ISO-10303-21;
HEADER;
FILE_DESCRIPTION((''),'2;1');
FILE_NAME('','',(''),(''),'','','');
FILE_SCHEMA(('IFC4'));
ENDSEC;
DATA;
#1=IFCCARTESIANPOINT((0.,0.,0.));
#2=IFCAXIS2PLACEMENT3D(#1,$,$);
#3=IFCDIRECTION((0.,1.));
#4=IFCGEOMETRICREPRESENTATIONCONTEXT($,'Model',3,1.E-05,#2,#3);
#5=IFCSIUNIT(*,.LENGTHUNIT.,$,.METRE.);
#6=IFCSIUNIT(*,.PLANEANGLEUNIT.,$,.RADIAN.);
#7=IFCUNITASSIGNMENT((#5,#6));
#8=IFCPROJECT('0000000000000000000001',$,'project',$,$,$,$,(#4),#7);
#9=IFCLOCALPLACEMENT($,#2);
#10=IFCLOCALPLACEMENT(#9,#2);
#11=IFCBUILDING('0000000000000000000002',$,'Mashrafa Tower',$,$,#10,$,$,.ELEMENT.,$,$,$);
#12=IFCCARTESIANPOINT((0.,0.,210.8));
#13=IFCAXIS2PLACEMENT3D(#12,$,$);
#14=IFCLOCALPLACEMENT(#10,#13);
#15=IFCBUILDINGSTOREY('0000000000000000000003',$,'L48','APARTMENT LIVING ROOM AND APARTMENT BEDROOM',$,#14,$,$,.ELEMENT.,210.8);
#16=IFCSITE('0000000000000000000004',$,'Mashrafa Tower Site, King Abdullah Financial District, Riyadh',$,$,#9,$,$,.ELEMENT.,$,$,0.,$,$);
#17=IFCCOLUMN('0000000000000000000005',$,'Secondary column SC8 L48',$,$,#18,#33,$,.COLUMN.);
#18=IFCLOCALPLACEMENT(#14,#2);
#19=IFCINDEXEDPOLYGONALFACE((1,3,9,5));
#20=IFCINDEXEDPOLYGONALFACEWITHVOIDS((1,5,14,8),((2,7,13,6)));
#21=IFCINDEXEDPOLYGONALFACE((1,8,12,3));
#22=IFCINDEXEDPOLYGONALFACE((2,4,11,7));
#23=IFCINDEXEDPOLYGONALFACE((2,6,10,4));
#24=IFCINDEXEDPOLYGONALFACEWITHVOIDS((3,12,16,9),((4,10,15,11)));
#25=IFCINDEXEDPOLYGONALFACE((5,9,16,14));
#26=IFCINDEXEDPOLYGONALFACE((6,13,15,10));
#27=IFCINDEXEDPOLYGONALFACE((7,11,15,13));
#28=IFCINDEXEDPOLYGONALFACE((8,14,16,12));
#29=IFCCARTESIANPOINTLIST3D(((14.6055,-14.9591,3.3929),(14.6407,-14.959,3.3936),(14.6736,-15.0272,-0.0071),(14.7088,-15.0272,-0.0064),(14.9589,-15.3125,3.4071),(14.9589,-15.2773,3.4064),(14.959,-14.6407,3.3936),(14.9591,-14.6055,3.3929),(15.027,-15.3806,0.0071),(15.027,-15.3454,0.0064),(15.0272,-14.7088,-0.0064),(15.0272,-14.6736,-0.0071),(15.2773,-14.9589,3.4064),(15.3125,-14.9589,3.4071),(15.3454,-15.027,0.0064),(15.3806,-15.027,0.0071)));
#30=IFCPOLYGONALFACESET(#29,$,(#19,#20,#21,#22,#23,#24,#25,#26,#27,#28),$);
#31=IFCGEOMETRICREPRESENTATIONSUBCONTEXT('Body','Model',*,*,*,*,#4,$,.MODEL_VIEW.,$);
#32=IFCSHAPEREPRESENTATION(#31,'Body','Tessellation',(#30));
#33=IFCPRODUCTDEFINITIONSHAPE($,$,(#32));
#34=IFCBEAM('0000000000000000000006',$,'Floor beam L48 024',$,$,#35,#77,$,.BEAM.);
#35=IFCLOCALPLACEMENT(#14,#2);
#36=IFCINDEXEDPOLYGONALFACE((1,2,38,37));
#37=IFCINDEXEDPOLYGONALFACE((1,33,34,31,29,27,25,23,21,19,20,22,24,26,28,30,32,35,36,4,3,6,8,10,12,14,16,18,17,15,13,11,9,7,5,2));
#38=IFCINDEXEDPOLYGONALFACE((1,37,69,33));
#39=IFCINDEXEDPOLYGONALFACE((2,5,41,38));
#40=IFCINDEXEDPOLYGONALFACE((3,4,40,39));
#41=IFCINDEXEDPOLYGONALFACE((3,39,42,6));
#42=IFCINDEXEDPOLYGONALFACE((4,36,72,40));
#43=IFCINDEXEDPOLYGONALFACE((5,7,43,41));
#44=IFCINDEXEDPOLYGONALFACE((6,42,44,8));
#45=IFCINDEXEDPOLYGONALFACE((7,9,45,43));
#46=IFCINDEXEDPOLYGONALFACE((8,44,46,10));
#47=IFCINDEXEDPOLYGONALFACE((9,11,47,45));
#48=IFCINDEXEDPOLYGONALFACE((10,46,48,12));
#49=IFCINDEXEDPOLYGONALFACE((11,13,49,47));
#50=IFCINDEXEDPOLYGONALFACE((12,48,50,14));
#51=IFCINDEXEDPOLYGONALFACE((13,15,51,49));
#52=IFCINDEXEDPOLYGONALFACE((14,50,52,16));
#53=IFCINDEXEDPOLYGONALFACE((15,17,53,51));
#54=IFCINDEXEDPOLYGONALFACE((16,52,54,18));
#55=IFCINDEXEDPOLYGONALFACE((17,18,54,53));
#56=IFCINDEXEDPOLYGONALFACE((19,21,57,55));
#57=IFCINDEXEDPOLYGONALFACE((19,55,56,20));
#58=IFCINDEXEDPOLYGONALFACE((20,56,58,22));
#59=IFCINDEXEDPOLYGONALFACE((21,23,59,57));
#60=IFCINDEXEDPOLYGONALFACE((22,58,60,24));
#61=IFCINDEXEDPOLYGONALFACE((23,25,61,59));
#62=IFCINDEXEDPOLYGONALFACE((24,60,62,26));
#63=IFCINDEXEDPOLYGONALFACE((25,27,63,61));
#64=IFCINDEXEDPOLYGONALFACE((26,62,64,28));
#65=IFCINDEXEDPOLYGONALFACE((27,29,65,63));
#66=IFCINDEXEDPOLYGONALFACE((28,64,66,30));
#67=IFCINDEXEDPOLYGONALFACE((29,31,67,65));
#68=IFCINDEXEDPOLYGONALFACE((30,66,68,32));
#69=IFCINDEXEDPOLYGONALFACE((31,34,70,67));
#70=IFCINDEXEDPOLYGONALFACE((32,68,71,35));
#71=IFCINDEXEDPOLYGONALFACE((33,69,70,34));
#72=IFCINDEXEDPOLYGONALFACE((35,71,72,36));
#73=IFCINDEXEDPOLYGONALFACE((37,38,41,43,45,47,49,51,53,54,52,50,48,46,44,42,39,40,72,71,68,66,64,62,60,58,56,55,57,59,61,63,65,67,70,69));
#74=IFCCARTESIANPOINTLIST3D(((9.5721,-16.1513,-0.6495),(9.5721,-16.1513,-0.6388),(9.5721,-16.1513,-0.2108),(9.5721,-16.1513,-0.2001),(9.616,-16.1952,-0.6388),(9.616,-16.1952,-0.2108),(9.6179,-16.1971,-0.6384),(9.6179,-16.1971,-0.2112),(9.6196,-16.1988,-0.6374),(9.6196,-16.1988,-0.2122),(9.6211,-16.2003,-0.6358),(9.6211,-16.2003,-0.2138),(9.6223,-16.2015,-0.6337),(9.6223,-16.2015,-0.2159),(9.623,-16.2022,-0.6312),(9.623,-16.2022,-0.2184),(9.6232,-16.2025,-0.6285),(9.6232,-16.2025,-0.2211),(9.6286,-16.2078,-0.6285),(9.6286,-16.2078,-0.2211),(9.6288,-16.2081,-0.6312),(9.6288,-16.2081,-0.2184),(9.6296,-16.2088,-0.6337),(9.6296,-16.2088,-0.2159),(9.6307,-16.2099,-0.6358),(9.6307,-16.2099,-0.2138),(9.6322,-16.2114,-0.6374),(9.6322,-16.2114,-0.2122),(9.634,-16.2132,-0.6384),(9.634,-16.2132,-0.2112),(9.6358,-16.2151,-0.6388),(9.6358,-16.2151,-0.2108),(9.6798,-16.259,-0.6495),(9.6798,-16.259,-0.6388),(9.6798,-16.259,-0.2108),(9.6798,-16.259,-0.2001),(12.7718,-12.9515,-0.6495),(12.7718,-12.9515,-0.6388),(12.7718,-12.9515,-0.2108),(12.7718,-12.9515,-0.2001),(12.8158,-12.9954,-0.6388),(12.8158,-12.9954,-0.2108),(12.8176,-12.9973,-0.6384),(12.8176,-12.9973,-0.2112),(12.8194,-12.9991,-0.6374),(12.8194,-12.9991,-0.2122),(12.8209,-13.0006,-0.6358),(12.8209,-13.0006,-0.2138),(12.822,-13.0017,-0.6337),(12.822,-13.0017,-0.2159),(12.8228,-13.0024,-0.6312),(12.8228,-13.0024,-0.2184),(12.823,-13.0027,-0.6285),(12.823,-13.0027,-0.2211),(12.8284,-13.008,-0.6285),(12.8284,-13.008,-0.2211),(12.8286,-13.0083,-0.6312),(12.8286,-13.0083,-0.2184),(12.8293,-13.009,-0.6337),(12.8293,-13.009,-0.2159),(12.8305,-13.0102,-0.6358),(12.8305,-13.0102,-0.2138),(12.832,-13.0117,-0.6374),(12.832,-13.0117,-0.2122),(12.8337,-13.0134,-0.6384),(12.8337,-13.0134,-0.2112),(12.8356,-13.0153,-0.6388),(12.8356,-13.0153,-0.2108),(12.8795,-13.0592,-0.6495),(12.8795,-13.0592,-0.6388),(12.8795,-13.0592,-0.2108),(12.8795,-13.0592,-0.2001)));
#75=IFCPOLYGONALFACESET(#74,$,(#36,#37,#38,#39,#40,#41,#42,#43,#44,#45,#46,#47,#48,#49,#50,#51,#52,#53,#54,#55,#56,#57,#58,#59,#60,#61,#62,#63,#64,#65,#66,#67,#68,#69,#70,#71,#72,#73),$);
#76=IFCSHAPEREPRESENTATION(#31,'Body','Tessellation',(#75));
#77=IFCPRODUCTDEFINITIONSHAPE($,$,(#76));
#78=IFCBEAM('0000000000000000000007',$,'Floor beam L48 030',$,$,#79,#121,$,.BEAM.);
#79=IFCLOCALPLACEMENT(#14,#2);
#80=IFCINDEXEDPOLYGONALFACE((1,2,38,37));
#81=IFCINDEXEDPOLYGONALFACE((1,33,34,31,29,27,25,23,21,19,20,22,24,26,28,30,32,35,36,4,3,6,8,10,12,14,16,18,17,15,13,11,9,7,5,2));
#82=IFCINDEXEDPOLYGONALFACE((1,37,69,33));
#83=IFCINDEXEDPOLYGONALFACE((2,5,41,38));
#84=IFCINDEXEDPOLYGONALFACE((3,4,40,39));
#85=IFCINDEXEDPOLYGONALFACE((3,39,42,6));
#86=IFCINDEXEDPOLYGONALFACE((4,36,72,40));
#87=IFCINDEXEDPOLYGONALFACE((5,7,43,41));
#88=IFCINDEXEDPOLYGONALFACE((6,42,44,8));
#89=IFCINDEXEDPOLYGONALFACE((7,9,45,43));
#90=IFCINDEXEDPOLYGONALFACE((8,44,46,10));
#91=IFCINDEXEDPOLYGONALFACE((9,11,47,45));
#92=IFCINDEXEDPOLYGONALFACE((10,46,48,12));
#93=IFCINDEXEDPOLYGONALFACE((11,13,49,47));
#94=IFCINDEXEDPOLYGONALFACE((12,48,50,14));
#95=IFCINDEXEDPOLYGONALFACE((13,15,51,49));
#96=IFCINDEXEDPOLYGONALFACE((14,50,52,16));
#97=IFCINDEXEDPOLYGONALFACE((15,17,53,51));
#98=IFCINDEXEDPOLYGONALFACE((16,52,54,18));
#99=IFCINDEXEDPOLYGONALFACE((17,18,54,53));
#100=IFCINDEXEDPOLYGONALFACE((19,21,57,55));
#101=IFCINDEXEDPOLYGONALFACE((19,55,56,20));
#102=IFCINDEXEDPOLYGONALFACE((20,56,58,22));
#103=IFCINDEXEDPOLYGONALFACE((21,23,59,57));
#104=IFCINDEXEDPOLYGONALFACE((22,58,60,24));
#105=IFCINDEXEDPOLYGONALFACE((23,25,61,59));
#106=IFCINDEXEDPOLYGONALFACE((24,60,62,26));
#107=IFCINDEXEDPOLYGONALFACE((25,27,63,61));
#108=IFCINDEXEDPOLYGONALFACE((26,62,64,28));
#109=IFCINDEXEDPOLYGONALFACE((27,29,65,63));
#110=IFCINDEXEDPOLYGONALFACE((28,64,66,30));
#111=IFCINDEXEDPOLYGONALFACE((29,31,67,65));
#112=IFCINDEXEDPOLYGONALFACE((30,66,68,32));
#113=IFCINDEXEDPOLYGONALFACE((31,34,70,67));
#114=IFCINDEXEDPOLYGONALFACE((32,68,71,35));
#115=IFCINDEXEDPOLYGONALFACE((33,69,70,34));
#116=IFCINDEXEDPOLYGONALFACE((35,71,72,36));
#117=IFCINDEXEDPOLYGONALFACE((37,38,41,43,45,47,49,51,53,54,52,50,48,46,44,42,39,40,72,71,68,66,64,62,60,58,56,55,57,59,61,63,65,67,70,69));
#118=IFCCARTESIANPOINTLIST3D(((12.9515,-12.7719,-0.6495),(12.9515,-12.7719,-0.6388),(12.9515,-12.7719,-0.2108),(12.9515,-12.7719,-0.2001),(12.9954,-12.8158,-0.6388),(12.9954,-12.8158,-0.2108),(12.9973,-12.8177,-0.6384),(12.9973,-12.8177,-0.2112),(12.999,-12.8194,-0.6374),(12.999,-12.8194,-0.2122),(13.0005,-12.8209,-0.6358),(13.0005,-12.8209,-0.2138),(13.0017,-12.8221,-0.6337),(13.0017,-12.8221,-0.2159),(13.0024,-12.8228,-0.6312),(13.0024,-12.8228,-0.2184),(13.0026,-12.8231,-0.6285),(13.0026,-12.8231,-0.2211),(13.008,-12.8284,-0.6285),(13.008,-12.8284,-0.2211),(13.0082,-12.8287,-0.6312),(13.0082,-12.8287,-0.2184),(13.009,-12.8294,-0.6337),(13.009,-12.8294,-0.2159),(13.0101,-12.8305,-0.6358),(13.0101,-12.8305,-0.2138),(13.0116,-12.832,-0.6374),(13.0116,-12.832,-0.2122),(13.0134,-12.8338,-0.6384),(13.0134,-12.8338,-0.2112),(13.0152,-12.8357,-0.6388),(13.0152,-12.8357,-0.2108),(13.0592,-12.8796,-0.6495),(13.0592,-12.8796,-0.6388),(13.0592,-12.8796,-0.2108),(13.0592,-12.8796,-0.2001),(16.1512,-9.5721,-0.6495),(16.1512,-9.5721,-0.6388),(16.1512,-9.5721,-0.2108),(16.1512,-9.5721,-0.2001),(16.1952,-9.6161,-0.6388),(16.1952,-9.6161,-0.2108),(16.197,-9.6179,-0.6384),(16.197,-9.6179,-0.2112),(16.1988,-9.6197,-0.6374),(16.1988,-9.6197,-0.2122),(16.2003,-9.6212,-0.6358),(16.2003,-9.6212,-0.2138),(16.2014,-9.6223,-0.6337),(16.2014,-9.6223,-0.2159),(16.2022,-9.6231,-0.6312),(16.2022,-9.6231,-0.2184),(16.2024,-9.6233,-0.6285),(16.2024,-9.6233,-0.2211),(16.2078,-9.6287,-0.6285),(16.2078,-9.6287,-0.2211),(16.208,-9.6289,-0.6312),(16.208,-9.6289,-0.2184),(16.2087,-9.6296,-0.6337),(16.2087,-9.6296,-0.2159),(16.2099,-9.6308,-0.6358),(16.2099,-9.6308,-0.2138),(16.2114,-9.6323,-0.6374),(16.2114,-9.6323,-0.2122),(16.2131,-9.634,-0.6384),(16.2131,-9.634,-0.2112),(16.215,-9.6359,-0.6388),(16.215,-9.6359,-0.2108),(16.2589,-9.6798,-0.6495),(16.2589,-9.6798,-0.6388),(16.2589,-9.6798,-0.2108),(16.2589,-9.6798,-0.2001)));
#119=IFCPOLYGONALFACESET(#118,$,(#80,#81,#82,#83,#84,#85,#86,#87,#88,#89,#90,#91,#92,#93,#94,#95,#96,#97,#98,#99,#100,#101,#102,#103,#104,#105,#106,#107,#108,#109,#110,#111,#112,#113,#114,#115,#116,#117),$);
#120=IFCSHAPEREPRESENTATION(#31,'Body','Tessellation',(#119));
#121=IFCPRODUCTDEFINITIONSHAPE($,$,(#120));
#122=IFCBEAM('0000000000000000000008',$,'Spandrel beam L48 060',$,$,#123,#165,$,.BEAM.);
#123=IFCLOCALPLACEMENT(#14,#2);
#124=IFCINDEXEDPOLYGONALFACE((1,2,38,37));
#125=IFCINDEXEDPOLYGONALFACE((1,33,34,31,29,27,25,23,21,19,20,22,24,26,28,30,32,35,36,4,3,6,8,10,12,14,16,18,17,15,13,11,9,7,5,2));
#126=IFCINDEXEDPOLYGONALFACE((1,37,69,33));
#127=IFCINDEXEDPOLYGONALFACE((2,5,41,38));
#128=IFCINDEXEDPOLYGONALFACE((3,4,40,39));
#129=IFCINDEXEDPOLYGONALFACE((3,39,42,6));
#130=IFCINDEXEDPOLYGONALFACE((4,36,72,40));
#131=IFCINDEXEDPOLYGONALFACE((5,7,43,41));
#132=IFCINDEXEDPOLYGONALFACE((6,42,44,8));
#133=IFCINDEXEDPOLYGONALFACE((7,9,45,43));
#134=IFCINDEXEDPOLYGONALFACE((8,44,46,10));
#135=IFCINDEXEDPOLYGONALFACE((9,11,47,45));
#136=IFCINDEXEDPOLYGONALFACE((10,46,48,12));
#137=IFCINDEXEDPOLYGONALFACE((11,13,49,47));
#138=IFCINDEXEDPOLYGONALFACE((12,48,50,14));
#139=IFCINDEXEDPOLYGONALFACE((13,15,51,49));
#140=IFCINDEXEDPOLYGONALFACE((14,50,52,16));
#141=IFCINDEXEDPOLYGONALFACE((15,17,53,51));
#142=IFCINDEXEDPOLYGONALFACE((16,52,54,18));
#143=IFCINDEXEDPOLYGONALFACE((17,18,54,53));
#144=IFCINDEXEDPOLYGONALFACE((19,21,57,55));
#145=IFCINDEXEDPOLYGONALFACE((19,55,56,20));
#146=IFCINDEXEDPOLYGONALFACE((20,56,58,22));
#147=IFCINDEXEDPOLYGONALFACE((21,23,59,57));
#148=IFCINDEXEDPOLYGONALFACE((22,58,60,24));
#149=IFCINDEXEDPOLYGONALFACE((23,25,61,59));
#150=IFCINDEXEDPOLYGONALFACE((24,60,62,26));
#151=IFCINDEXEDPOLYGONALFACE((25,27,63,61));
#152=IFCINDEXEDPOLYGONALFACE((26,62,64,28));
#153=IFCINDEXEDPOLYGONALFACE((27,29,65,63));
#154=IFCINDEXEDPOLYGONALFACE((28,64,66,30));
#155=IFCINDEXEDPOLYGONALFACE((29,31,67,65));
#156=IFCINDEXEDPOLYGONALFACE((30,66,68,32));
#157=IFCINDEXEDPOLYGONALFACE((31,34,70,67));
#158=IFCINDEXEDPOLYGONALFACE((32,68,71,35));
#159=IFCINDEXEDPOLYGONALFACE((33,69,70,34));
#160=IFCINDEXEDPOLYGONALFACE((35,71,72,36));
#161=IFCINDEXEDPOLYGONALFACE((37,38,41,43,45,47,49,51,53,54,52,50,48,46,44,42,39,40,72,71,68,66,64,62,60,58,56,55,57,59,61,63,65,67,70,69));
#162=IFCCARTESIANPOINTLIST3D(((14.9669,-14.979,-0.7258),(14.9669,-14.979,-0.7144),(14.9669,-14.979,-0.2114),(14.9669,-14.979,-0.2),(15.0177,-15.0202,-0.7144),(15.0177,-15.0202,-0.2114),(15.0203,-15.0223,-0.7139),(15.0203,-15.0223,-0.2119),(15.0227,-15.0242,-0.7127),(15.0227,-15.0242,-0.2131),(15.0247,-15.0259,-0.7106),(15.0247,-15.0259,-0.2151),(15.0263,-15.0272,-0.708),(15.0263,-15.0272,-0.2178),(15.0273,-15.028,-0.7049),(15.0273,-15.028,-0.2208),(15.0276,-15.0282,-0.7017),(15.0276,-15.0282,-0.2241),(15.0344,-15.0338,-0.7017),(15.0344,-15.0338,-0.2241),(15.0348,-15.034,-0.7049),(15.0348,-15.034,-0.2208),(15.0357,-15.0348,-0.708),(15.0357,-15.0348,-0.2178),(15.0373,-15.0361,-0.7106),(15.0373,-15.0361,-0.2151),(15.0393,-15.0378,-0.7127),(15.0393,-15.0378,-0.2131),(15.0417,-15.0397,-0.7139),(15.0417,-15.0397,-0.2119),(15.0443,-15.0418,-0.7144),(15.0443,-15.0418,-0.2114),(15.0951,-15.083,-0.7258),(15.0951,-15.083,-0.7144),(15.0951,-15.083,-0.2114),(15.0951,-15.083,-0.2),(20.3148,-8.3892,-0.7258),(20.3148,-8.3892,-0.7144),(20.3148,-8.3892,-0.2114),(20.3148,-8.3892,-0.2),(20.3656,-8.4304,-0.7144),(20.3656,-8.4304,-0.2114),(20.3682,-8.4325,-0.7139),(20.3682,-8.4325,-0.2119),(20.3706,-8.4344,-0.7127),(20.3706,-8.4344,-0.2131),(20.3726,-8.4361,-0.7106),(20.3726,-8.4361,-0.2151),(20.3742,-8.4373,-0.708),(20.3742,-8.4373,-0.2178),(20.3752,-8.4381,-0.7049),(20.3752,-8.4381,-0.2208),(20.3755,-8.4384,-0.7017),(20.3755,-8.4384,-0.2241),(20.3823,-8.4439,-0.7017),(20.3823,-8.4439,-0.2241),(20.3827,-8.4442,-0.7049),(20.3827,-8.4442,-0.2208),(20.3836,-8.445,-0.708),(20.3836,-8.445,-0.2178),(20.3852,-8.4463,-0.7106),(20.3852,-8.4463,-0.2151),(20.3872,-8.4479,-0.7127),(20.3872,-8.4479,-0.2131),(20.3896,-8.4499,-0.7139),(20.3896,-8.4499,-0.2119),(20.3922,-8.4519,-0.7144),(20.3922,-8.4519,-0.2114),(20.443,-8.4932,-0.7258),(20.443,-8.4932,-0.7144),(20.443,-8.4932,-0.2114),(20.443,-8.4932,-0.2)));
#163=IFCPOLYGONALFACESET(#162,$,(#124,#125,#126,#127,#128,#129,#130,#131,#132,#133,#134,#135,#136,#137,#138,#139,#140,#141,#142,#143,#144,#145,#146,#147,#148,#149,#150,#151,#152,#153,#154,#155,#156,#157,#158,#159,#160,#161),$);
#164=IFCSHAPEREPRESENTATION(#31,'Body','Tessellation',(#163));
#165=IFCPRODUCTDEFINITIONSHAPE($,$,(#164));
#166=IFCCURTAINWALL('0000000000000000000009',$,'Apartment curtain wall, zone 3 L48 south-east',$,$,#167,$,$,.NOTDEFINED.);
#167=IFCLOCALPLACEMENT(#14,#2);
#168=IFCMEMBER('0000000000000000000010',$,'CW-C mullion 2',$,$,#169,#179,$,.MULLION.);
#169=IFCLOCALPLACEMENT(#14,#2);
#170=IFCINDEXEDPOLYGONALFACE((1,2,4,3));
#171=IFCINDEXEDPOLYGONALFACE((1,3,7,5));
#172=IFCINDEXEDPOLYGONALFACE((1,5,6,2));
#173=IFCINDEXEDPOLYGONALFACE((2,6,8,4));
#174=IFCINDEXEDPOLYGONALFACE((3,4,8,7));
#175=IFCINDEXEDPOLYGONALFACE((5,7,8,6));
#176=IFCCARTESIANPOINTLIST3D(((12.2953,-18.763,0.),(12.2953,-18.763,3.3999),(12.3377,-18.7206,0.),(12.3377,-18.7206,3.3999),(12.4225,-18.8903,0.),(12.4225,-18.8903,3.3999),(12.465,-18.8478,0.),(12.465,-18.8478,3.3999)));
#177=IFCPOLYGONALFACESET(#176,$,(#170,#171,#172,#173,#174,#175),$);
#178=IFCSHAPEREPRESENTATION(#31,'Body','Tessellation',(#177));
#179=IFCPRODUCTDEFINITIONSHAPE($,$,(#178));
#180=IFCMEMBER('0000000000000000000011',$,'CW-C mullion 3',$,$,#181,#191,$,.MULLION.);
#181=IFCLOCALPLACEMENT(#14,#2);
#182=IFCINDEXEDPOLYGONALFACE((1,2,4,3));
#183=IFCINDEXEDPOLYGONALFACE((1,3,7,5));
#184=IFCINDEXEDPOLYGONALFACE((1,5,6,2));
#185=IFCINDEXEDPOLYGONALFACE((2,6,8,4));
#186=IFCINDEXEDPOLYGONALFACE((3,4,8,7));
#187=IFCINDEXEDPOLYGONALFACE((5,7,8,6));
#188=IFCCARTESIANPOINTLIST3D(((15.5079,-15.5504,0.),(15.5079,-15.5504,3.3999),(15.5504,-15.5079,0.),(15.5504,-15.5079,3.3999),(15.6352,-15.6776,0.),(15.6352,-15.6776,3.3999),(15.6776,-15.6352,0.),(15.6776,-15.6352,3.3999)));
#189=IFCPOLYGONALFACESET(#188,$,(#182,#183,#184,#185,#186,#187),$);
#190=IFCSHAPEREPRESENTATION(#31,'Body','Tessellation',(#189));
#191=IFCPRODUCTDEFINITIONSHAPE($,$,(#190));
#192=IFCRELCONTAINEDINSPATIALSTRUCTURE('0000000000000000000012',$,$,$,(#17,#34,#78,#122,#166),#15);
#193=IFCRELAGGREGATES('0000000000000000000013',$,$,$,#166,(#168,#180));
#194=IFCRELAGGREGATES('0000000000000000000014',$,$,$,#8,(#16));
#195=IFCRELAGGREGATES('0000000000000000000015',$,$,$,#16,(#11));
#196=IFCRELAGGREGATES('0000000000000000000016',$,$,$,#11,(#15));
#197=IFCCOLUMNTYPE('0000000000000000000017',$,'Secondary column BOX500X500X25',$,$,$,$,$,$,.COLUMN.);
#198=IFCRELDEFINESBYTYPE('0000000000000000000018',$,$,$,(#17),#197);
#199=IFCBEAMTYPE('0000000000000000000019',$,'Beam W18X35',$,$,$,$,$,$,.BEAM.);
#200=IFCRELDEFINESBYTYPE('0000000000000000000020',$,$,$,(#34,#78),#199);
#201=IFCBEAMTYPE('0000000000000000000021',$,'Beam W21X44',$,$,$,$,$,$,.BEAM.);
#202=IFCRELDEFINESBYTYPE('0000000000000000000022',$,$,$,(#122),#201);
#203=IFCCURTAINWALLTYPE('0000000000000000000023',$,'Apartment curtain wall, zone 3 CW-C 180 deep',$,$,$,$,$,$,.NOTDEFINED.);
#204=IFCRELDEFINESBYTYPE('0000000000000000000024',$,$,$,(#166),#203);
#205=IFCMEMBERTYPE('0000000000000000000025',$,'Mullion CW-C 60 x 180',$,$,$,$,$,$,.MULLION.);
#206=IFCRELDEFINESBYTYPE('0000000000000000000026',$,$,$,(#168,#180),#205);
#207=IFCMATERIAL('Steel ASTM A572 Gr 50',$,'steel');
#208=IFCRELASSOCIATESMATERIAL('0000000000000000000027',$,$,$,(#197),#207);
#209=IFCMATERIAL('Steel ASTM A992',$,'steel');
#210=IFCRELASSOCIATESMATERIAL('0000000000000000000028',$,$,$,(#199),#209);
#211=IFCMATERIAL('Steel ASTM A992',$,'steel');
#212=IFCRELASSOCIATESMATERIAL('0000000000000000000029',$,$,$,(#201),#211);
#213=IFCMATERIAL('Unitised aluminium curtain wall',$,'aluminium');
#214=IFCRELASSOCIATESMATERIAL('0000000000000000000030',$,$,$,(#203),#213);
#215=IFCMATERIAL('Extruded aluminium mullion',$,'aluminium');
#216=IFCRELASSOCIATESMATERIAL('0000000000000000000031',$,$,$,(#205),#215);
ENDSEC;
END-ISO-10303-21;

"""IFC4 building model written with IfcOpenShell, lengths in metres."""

from ifc_helpers import new_model, si_unit, direction, frame, origin, origin_2d, place, context, subcontext, project, spatial, rectangle, hollow_rectangle, i_section, extrude, source, transform, mapped, material, material_profile, profile_set, type_object, type_shapes, element, aggregate, save


model = new_model("IFC4")

# Units and contexts
model_context = context("Model", 3, precision=1e-05, world=origin(), true_north=direction((0.0, 1.0)))
body_context = subcontext(model_context, "Body", "Model", "MODEL_VIEW")
ifc_project = project(units=[si_unit("LENGTHUNIT", "METRE"), si_unit("PLANEANGLEUNIT", "RADIAN")], contexts=[model_context])

# Site, building, storey
site_placement = place(None, origin())
site = spatial("IfcSite", under=ifc_project, at=site_placement, Name="Mashrafa Tower Site, King Abdullah Financial District, Riyadh", CompositionType="ELEMENT", RefElevation=0.0)
building_placement = place(site_placement, origin())
building = spatial("IfcBuilding", under=site, at=building_placement, Name="Mashrafa Tower", CompositionType="ELEMENT")
storey_placement = place(building_placement, frame((0.0, 0.0, 210.8)))
storey = spatial("IfcBuildingStorey", under=building, at=storey_placement, Name="L48", Description="APARTMENT LIVING ROOM AND APARTMENT BEDROOM", CompositionType="ELEMENT", Elevation=210.8)

# Column
ifc_material_1 = material(Name="Steel ASTM A572 Gr 50", Category="steel")
ifc_material_profile_1 = material_profile(ifc_material_1, hollow_rectangle(XDim=0.5, YDim=0.5, WallThickness=0.0249, at=origin_2d()), Name="BOX500X500X25")
ifc_profile_set_1 = profile_set([ifc_material_profile_1], Name="Steel ASTM A572 Gr 50")
column_type = type_object("IfcColumnType", Name="Secondary column BOX500X500X25", PredefinedType="COLUMN", material=ifc_profile_set_1)
column_placement = place(storey_placement, frame((15.0271, -15.0271, 0.0), z_axis=(-0.020026, 0.020026, 0.999599), x_axis=(-0.707107, -0.707107, 0.0)))
element("IfcColumn", 1, at=column_placement, inside=storey, type_object=column_type, Name="Secondary column SC8 L48", PredefinedType="COLUMN", context=body_context, shape_type="SweptSolid", body=[
    extrude(hollow_rectangle(XDim=0.5, YDim=0.5, WallThickness=0.0249, at=origin_2d()), origin(), (0.0, 0.0, 1.0), 3.4014),
])

# Beams
ifc_material_2 = material(Name="Steel ASTM A992", Category="steel")
ifc_material_profile_2 = material_profile(ifc_material_2, i_section(OverallWidth=0.1523, OverallDepth=0.4495, WebThickness=0.0076, FlangeThickness=0.0107, FilletRadius=0.0103, at=origin_2d()), Name="W18X35")
ifc_profile_set_2 = profile_set([ifc_material_profile_2], Name="Steel ASTM A992")
beam_type_1 = type_object("IfcBeamType", Name="Beam W18X35", PredefinedType="BEAM", material=ifc_profile_set_2)
for number, where, z_axis, x_axis, name in (
    (2, (12.8257, -13.0054, -0.4248), (-0.707107, -0.707107, 0.0), (0.707107, -0.707107, 0.0), "Floor beam L48 024"),
    (3, (16.2051, -9.626, -0.4248), (-0.707107, -0.707107, 0.0), (0.707107, -0.707107, 0.0), "Floor beam L48 030"),
):
    element("IfcBeam", number, at=place(storey_placement, frame(where, z_axis=z_axis, x_axis=x_axis)), inside=storey, type_object=beam_type_1, Name=name, PredefinedType="BEAM", context=body_context, shape_type="SweptSolid", body=[
        extrude(i_section(OverallWidth=0.1523, OverallDepth=0.4495, WebThickness=0.0076, FlangeThickness=0.0107, FilletRadius=0.0103, at=origin_2d()), origin(), (0.0, 0.0, 1.0), 4.5251),
    ])
ifc_material_3 = material(Name="Steel ASTM A992", Category="steel")
ifc_material_profile_3 = material_profile(ifc_material_3, i_section(OverallWidth=0.165, OverallDepth=0.5259, WebThickness=0.0088, FlangeThickness=0.0115, FilletRadius=0.0127, at=origin_2d()), Name="W21X44")
ifc_profile_set_3 = profile_set([ifc_material_profile_3], Name="Steel ASTM A992")
beam_type_2 = type_object("IfcBeamType", Name="Beam W21X44", PredefinedType="BEAM", material=ifc_profile_set_3)
beam_placement = place(storey_placement, frame((15.031, -15.031, -0.4629), z_axis=(0.630142, 0.77648, 0.0), x_axis=(-0.77648, 0.630142, 0.0)))
element("IfcBeam", 4, at=beam_placement, inside=storey, type_object=beam_type_2, Name="Spandrel beam L48 060", PredefinedType="BEAM", context=body_context, shape_type="SweptSolid", body=[
    extrude(i_section(OverallWidth=0.165, OverallDepth=0.5259, WebThickness=0.0088, FlangeThickness=0.0115, FilletRadius=0.0127, at=origin_2d()), origin(), (0.0, 0.0, 1.0), 8.4868),
])

# Curtain wall, members
ifc_material_4 = material(Name="Unitised aluminium curtain wall", Category="aluminium")
curtain_wall_type = type_object("IfcCurtainWallType", Name="Apartment curtain wall, zone 3 CW-C 180 deep", PredefinedType="NOTDEFINED", material=ifc_material_4)
curtain_wall_placement = place(storey_placement, origin())
curtain_wall = element("IfcCurtainWall", 5, at=curtain_wall_placement, inside=storey, type_object=curtain_wall_type, Name="Apartment curtain wall, zone 3 L48 south-east", PredefinedType="NOTDEFINED")
ifc_material_5 = material(Name="Extruded aluminium mullion", Category="aluminium")
ifc_material_profile_4 = material_profile(ifc_material_5, rectangle(XDim=0.1799, YDim=0.0601, at=origin_2d()), Name="Mullion 60x180")
ifc_profile_set_4 = profile_set([ifc_material_profile_4], Name="Extruded aluminium mullion")
member_type_1 = type_object("IfcMemberType", Name="Mullion CW-C 60 x 180", PredefinedType="MULLION", material=ifc_profile_set_4)
shared_shape_1 = source(origin(), body_context, "Body", "SweptSolid", [
    extrude(rectangle(XDim=0.1799, YDim=0.0601, at=origin_2d()), origin(), (0.0, 0.0, 1.0), 3.3999),
])
type_shapes(member_type_1, [shared_shape_1])
member_1_placement = place(storey_placement, frame((12.3801, -18.8054, 0.0), z_axis=(0.0, 0.0, 1.0), x_axis=(-0.707107, 0.707107, 0.0)))
member_1 = element("IfcMember", 6, at=member_1_placement, type_object=member_type_1, Name="CW-C mullion 2", PredefinedType="MULLION", context=body_context, shape_type="MappedRepresentation", body=[
    mapped(shared_shape_1, transform((0.0, 0.0, 0.0))),
])
member_2_placement = place(storey_placement, frame((15.5928, -15.5928, 0.0), z_axis=(0.0, 0.0, 1.0), x_axis=(-0.707107, 0.707107, 0.0)))
member_2 = element("IfcMember", 7, at=member_2_placement, type_object=member_type_1, Name="CW-C mullion 3", PredefinedType="MULLION", context=body_context, shape_type="MappedRepresentation", body=[
    mapped(shared_shape_1, transform((0.0, 0.0, 0.0))),
])
aggregate(curtain_wall, [member_1, member_2])

save(model, "model.ifc")
